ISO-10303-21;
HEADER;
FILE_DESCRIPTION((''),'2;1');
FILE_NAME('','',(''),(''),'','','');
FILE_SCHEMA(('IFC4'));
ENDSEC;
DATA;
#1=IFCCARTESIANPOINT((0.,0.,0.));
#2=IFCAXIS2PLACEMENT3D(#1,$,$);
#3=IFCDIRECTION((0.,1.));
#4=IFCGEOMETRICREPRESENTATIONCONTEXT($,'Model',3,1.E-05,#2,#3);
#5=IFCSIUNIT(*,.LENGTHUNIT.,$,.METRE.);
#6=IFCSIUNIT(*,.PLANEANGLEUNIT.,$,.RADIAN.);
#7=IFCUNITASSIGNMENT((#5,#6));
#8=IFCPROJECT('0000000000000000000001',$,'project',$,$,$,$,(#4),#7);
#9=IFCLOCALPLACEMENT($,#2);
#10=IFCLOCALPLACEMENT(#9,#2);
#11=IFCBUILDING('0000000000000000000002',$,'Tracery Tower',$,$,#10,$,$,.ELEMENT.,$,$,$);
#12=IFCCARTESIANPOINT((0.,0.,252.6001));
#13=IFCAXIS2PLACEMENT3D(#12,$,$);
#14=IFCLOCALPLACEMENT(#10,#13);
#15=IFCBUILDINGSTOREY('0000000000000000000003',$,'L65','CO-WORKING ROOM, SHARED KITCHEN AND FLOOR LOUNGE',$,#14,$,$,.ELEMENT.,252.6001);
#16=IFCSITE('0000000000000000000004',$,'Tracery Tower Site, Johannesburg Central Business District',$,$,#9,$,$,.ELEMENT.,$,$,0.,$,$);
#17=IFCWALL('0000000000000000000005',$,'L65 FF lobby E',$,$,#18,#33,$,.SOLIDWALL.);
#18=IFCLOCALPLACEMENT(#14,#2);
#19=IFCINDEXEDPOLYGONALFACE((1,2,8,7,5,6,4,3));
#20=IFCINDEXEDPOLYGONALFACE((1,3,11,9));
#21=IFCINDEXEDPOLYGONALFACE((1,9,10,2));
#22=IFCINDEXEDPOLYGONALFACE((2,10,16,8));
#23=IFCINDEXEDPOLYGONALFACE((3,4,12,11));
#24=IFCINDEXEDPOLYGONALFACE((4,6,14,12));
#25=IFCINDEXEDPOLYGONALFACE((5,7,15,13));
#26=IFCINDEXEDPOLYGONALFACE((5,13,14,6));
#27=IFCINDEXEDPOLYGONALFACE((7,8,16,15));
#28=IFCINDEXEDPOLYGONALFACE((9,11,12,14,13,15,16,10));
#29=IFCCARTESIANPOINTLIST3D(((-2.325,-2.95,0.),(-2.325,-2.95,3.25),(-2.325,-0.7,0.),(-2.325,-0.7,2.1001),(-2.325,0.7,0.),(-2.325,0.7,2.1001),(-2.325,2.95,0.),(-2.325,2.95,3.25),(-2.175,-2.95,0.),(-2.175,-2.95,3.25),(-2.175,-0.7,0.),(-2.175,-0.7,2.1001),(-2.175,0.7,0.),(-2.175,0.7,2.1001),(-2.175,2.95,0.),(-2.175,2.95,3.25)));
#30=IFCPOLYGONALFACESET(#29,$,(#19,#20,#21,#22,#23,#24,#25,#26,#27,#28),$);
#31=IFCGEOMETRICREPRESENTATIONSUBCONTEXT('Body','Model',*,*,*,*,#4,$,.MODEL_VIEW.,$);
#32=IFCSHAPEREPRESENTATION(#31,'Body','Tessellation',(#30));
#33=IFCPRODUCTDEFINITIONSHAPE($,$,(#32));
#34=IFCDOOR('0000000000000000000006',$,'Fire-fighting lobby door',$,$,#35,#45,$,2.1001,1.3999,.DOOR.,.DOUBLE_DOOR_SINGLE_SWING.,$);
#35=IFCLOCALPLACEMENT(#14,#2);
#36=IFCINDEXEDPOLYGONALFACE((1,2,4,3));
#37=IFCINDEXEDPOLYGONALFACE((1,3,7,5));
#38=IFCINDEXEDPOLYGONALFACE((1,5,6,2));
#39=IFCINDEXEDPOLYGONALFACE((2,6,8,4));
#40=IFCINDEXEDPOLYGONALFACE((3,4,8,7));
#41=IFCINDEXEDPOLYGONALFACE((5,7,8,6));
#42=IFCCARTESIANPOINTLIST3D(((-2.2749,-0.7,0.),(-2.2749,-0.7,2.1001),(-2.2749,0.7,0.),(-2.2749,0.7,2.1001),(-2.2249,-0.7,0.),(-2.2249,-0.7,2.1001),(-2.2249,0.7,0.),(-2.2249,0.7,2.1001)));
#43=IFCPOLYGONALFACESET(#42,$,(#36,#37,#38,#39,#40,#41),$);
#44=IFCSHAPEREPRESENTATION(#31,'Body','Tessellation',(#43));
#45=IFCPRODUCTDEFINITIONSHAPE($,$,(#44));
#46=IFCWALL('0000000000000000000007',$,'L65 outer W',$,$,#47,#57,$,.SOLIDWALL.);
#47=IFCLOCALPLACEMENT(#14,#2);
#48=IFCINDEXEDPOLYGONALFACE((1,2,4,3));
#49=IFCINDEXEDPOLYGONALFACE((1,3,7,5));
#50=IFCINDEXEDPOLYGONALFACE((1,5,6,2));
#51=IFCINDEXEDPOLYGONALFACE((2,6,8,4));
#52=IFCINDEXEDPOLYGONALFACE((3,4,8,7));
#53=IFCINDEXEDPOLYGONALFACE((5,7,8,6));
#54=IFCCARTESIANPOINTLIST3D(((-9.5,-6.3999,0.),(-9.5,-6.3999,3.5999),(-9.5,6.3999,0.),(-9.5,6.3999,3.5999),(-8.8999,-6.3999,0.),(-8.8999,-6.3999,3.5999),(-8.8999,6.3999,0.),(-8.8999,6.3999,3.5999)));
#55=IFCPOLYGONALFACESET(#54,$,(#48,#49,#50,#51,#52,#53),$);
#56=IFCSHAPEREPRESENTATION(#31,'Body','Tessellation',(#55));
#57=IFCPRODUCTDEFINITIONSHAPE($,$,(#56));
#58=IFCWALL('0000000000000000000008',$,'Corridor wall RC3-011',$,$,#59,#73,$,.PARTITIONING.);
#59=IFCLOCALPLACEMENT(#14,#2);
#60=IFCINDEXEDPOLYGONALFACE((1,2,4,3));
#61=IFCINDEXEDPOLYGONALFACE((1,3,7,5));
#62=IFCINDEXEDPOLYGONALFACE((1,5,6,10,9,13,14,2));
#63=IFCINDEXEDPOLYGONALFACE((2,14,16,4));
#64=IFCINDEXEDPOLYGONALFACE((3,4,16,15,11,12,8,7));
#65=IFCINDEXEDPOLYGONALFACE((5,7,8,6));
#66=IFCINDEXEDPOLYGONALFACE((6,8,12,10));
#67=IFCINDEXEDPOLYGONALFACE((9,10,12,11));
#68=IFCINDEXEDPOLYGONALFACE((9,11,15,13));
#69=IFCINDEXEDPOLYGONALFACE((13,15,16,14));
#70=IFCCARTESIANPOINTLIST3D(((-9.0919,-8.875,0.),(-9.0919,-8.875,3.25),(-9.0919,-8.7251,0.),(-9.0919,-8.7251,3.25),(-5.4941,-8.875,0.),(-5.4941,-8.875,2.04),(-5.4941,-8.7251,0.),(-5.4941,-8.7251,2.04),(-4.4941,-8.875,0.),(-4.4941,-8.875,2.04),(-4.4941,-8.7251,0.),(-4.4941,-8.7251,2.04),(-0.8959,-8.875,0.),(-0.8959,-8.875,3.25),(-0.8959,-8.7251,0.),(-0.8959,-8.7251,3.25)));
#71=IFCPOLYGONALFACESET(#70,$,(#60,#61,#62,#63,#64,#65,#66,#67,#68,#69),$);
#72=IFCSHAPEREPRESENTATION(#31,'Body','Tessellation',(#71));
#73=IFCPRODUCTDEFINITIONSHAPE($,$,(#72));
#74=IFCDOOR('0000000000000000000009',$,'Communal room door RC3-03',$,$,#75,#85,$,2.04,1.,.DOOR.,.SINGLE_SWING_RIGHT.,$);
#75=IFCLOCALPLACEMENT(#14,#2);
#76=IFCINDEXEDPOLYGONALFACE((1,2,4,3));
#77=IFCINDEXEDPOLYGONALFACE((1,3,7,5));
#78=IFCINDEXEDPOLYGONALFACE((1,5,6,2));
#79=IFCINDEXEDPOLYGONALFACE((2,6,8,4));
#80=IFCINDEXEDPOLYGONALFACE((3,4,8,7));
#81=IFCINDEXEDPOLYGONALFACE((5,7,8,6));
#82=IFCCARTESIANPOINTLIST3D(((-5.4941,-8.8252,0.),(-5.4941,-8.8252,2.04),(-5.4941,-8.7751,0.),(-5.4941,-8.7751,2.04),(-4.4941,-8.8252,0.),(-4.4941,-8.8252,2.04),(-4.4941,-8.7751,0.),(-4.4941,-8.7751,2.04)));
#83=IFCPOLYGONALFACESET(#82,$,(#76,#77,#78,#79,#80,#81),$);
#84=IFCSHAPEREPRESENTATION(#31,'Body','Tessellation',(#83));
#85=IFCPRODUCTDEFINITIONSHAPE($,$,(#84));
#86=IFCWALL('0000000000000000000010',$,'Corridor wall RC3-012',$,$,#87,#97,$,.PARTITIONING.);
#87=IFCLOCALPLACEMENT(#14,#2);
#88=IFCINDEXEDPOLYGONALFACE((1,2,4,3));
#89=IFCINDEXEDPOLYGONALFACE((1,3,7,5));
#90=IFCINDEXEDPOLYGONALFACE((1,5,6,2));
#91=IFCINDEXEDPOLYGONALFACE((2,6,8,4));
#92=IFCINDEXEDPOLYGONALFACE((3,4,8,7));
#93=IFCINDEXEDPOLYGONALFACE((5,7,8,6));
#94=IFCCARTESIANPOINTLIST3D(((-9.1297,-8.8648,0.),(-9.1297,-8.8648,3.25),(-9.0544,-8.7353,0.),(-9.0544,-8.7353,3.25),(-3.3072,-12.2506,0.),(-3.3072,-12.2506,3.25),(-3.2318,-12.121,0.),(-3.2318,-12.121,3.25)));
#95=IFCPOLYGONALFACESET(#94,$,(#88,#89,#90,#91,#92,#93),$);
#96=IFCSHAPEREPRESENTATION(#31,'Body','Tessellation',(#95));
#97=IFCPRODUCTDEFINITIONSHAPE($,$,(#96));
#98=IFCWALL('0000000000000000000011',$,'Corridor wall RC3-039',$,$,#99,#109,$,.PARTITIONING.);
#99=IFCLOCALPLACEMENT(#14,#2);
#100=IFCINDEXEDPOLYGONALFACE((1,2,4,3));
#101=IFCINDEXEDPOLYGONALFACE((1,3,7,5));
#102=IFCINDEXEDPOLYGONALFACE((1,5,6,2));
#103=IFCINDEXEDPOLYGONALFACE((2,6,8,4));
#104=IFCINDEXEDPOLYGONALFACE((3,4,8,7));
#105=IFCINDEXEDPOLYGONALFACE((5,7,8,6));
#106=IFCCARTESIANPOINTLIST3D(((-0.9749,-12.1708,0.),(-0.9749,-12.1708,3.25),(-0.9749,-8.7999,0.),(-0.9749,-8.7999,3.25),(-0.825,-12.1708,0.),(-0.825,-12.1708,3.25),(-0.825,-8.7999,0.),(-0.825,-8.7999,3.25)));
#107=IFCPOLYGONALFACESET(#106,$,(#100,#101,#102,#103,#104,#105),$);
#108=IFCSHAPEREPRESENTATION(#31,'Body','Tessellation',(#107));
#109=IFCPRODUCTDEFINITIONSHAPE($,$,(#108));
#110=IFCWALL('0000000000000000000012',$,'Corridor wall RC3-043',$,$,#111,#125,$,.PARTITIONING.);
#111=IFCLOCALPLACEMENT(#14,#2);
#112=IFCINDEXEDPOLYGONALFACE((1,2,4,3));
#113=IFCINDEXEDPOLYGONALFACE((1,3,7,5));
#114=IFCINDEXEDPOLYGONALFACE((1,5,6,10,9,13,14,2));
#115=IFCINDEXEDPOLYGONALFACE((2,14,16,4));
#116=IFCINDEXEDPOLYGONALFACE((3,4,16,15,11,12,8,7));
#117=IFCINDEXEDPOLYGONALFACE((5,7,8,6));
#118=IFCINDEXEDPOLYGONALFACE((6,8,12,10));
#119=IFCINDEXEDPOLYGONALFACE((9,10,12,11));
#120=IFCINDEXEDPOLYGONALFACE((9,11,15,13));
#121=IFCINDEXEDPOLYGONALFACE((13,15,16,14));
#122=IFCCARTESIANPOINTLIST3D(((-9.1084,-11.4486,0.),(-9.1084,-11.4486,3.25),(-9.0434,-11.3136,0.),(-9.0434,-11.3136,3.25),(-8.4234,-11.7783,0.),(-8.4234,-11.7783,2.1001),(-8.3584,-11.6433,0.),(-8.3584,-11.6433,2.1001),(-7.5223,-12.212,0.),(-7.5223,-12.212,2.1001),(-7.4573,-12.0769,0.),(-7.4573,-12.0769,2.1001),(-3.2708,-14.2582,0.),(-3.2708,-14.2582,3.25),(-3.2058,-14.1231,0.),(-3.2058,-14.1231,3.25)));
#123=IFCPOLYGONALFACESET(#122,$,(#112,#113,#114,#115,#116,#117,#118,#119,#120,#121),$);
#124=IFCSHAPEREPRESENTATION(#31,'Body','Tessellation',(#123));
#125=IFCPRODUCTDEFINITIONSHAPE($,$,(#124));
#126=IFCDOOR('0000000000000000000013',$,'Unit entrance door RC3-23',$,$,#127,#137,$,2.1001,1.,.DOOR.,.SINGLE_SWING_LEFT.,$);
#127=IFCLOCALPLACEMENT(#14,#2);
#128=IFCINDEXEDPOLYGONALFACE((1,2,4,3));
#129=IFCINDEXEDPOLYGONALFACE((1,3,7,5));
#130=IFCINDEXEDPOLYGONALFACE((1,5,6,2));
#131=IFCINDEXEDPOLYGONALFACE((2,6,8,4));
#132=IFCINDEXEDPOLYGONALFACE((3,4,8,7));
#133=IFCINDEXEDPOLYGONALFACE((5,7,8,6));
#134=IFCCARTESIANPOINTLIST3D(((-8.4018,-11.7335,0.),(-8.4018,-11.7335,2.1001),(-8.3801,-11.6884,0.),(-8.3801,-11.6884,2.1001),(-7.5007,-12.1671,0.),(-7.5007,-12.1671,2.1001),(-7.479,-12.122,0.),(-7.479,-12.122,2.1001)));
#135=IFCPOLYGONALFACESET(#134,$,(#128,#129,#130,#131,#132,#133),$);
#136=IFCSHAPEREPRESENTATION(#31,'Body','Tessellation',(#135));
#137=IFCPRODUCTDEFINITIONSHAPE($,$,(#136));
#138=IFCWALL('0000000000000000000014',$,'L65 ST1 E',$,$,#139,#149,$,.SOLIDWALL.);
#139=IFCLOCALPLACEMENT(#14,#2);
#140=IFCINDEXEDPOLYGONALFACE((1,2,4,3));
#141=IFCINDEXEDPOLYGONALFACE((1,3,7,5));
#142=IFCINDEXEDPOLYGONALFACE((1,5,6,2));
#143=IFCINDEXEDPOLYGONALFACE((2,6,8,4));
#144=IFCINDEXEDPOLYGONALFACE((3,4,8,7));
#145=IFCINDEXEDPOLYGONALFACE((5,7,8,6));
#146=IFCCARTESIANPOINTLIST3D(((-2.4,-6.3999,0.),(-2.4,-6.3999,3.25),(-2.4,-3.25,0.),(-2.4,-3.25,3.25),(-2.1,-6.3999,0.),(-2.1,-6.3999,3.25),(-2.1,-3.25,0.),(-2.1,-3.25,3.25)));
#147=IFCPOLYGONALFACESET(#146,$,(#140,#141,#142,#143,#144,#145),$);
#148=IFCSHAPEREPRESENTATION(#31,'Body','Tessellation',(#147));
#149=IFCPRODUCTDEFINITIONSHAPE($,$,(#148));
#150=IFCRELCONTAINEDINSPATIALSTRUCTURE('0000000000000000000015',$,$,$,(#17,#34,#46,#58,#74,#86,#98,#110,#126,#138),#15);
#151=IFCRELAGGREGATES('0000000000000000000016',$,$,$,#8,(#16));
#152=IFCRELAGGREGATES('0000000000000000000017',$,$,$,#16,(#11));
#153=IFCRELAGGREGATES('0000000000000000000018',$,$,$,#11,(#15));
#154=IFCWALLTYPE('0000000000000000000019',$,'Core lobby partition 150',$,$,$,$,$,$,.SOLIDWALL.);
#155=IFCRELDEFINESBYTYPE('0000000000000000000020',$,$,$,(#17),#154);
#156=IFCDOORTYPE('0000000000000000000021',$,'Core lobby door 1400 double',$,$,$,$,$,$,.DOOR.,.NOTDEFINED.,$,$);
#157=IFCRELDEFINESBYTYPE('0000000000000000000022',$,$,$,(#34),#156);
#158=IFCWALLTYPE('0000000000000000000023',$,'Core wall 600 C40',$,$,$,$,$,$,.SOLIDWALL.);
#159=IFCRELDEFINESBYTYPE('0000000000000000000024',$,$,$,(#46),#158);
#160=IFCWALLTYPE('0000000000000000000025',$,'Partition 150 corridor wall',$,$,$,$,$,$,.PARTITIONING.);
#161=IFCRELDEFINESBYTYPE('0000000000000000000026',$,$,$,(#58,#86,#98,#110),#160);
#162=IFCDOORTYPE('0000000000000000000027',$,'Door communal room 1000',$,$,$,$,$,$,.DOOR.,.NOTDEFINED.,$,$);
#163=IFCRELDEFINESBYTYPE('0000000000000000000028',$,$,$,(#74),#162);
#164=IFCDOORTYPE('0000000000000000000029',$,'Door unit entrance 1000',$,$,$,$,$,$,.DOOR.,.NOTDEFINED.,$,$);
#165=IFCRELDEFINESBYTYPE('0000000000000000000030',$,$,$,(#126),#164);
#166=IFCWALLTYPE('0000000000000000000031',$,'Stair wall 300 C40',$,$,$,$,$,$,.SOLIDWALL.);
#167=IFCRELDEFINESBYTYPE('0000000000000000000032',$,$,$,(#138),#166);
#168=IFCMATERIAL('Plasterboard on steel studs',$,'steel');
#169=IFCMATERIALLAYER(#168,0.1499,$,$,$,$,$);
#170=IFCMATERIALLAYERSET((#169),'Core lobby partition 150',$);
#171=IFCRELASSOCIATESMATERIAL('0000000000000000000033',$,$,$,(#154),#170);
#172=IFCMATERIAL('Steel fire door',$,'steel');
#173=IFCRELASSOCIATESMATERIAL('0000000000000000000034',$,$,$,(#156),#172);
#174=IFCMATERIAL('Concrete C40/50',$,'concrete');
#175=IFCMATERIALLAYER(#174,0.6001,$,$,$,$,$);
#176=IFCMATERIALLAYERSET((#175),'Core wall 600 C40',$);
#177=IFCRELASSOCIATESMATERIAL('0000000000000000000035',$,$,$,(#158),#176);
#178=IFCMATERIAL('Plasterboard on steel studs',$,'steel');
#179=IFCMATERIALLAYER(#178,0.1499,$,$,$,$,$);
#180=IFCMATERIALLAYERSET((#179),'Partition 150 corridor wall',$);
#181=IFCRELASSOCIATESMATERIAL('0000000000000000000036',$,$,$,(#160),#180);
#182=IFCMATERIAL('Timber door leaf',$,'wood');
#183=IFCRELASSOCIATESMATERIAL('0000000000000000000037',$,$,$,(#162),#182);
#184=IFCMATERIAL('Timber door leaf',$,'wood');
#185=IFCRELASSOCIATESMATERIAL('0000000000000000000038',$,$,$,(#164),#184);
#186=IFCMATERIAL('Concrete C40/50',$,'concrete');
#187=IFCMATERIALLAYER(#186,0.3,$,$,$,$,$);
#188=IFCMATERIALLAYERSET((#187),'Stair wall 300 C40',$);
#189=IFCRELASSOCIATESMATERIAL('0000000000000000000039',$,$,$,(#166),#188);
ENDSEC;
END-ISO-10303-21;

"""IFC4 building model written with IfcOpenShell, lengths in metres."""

from ifc_helpers import new_model, si_unit, direction, frame, frame_2d, origin, place, context, subcontext, project, spatial, rectangle, extrude, material, layer, layer_set, type_object, element, fill, save


model = new_model("IFC4")

# Units and contexts
model_context = context("Model", 3, precision=1e-05, world=origin(), true_north=direction((0.0, 1.0)))
body_context = subcontext(model_context, "Body", "Model", "MODEL_VIEW")
ifc_project = project(units=[si_unit("LENGTHUNIT", "METRE"), si_unit("PLANEANGLEUNIT", "RADIAN")], contexts=[model_context])

# Site, building, storey
site_placement = place(None, origin())
site = spatial("IfcSite", under=ifc_project, at=site_placement, Name="Tracery Tower Site, Johannesburg Central Business District", CompositionType="ELEMENT", RefElevation=0.0)
building_placement = place(site_placement, origin())
building = spatial("IfcBuilding", under=site, at=building_placement, Name="Tracery Tower", CompositionType="ELEMENT")
storey_placement = place(building_placement, frame((0.0, 0.0, 252.6001)))
storey = spatial("IfcBuildingStorey", under=building, at=storey_placement, Name="L65", Description="CO-WORKING ROOM, SHARED KITCHEN AND FLOOR LOUNGE", CompositionType="ELEMENT", Elevation=252.6001)

# Wall, opening, door
ifc_material_1 = material(Name="Plasterboard on steel studs", Category="steel")
ifc_layer_1 = layer(ifc_material_1, 0.1499)
ifc_layer_set_1 = layer_set([ifc_layer_1], Name="Core lobby partition 150")
wall_type_1 = type_object("IfcWallType", Name="Core lobby partition 150", PredefinedType="SOLIDWALL", material=ifc_layer_set_1)
wall_1_placement = place(storey_placement, frame((-2.25, -2.95, 0.0), z_axis=(0.0, 0.0, 1.0), x_axis=(0.0, 1.0, 0.0)))
wall_1 = element("IfcWall", 1, at=wall_1_placement, inside=storey, type_object=wall_type_1, Name="L65 FF lobby E", PredefinedType="SOLIDWALL", context=body_context, shape_type="SweptSolid", body=[
    extrude(rectangle(XDim=5.8999, YDim=0.1499, at=frame_2d((2.95, 0.0))), origin(), (0.0, 0.0, 1.0), 3.25),
])
opening_1_placement = place(wall_1_placement, frame((2.25, 0.0, 0.0)))
opening_1 = element("IfcOpeningElement", 2, at=opening_1_placement, cuts=wall_1, PredefinedType="OPENING", context=body_context, shape_type="SweptSolid", body=[
    extrude(rectangle(XDim=1.3999, YDim=2.1001, at=frame_2d((0.7, 1.05))), frame((0.0, 0.075, 0.0), z_axis=(0.0, -1.0, 0.0), x_axis=(1.0, 0.0, 0.0)), (0.0, 0.0, 1.0), 0.1499),
])
ifc_material_2 = material(Name="Steel fire door", Category="steel")
door_type_1 = type_object("IfcDoorType", Name="Core lobby door 1400 double", OperationType="NOTDEFINED", PredefinedType="DOOR", material=ifc_material_2)
door_1_placement = place(opening_1_placement, origin())
door_1 = element("IfcDoor", 3, at=door_1_placement, inside=storey, type_object=door_type_1, Name="Fire-fighting lobby door", OperationType="DOUBLE_DOOR_SINGLE_SWING", OverallHeight=2.1001, OverallWidth=1.3999, PredefinedType="DOOR", context=body_context, shape_type="SweptSolid", body=[
    extrude(rectangle(XDim=1.3999, YDim=2.1001, at=frame_2d((0.7, 1.05))), frame((0.0, 0.0249, 0.0), z_axis=(0.0, -1.0, 0.0), x_axis=(1.0, 0.0, 0.0)), (0.0, 0.0, 1.0), 0.05),
])
fill(opening_1, door_1)

# Wall
ifc_material_3 = material(Name="Concrete C40/50", Category="concrete")
ifc_layer_2 = layer(ifc_material_3, 0.6001)
ifc_layer_set_2 = layer_set([ifc_layer_2], Name="Core wall 600 C40")
wall_type_2 = type_object("IfcWallType", Name="Core wall 600 C40", PredefinedType="SOLIDWALL", material=ifc_layer_set_2)
wall_2_placement = place(storey_placement, frame((-9.2, -6.3999, 0.0), z_axis=(0.0, 0.0, 1.0), x_axis=(0.0, 1.0, 0.0)))
element("IfcWall", 4, at=wall_2_placement, inside=storey, type_object=wall_type_2, Name="L65 outer W", PredefinedType="SOLIDWALL", context=body_context, shape_type="SweptSolid", body=[
    extrude(rectangle(XDim=12.7998, YDim=0.6001, at=frame_2d((6.3999, 0.0))), origin(), (0.0, 0.0, 1.0), 3.5999),
])

# Wall, opening, door
ifc_material_4 = material(Name="Plasterboard on steel studs", Category="steel")
ifc_layer_3 = layer(ifc_material_4, 0.1499)
ifc_layer_set_3 = layer_set([ifc_layer_3], Name="Partition 150 corridor wall")
wall_type_3 = type_object("IfcWallType", Name="Partition 150 corridor wall", PredefinedType="PARTITIONING", material=ifc_layer_set_3)
wall_3_placement = place(storey_placement, frame((-9.092, -8.8, 0.0), z_axis=(0.0, 0.0, 1.0), x_axis=(1.0, 0.0, 0.0)))
wall_3 = element("IfcWall", 5, at=wall_3_placement, inside=storey, type_object=wall_type_3, Name="Corridor wall RC3-011", PredefinedType="PARTITIONING", context=body_context, shape_type="SweptSolid", body=[
    extrude(rectangle(XDim=8.196, YDim=0.1499, at=frame_2d((4.0981, 0.0))), origin(), (0.0, 0.0, 1.0), 3.25),
])
opening_2_placement = place(wall_3_placement, frame((3.5979, 0.0, 0.0)))
opening_2 = element("IfcOpeningElement", 6, at=opening_2_placement, cuts=wall_3, PredefinedType="OPENING", context=body_context, shape_type="SweptSolid", body=[
    extrude(rectangle(XDim=1.0, YDim=2.04, at=frame_2d((0.5, 1.02))), frame((0.0, 0.075, 0.0), z_axis=(0.0, -1.0, 0.0), x_axis=(1.0, 0.0, 0.0)), (0.0, 0.0, 1.0), 0.1499),
])
ifc_material_5 = material(Name="Timber door leaf", Category="wood")
door_type_2 = type_object("IfcDoorType", Name="Door communal room 1000", OperationType="NOTDEFINED", PredefinedType="DOOR", material=ifc_material_5)
door_2_placement = place(opening_2_placement, origin())
door_2 = element("IfcDoor", 7, at=door_2_placement, inside=storey, type_object=door_type_2, Name="Communal room door RC3-03", OperationType="SINGLE_SWING_RIGHT", OverallHeight=2.04, OverallWidth=1.0, PredefinedType="DOOR", context=body_context, shape_type="SweptSolid", body=[
    extrude(rectangle(XDim=1.0, YDim=2.04, at=frame_2d((0.5, 1.02))), frame((0.0, 0.0249, 0.0), z_axis=(0.0, -1.0, 0.0), x_axis=(1.0, 0.0, 0.0)), (0.0, 0.0, 1.0), 0.05),
])
fill(opening_2, door_2)

# Walls
wall_4_placement = place(storey_placement, frame((-9.092, -8.8, 0.0), z_axis=(0.0, 0.0, 1.0), x_axis=(0.864471, -0.502683, 0.0)))
element("IfcWall", 8, at=wall_4_placement, inside=storey, type_object=wall_type_3, Name="Corridor wall RC3-012", PredefinedType="PARTITIONING", context=body_context, shape_type="SweptSolid", body=[
    extrude(rectangle(XDim=6.7354, YDim=0.1499, at=frame_2d((3.3677, 0.0))), origin(), (0.0, 0.0, 1.0), 3.25),
])
wall_5_placement = place(storey_placement, frame((-0.8999, -12.1709, 0.0), z_axis=(0.0, 0.0, 1.0), x_axis=(0.0, 1.0, 0.0)))
element("IfcWall", 9, at=wall_5_placement, inside=storey, type_object=wall_type_3, Name="Corridor wall RC3-039", PredefinedType="PARTITIONING", context=body_context, shape_type="SweptSolid", body=[
    extrude(rectangle(XDim=3.3708, YDim=0.1499, at=frame_2d((1.6855, 0.0))), origin(), (0.0, 0.0, 1.0), 3.25),
])

# Wall, opening, door
wall_6_placement = place(storey_placement, frame((-9.0759, -11.3811, 0.0), z_axis=(0.0, 0.0, 1.0), x_axis=(0.901071, -0.433672, 0.0)))
wall_6 = element("IfcWall", 10, at=wall_6_placement, inside=storey, type_object=wall_type_3, Name="Corridor wall RC3-043", PredefinedType="PARTITIONING", context=body_context, shape_type="SweptSolid", body=[
    extrude(rectangle(XDim=6.4785, YDim=0.1499, at=frame_2d((3.2393, 0.0))), origin(), (0.0, 0.0, 1.0), 3.25),
])
opening_3_placement = place(wall_6_placement, frame((0.7603, 0.0, 0.0)))
opening_3 = element("IfcOpeningElement", 11, at=opening_3_placement, cuts=wall_6, PredefinedType="OPENING", context=body_context, shape_type="SweptSolid", body=[
    extrude(rectangle(XDim=1.0, YDim=2.1001, at=frame_2d((0.5, 1.05))), frame((0.0, 0.075, 0.0), z_axis=(0.0, -1.0, 0.0), x_axis=(1.0, 0.0, 0.0)), (0.0, 0.0, 1.0), 0.1499),
])
ifc_material_6 = material(Name="Timber door leaf", Category="wood")
door_type_3 = type_object("IfcDoorType", Name="Door unit entrance 1000", OperationType="NOTDEFINED", PredefinedType="DOOR", material=ifc_material_6)
door_3_placement = place(opening_3_placement, origin())
door_3 = element("IfcDoor", 12, at=door_3_placement, inside=storey, type_object=door_type_3, Name="Unit entrance door RC3-23", OperationType="SINGLE_SWING_LEFT", OverallHeight=2.1001, OverallWidth=1.0, PredefinedType="DOOR", context=body_context, shape_type="SweptSolid", body=[
    extrude(rectangle(XDim=1.0, YDim=2.1001, at=frame_2d((0.5, 1.05))), frame((0.0, 0.0249, 0.0), z_axis=(0.0, -1.0, 0.0), x_axis=(1.0, 0.0, 0.0)), (0.0, 0.0, 1.0), 0.05),
])
fill(opening_3, door_3)

# Shared definitions
ifc_material_7 = material(Name="Concrete C40/50", Category="concrete")
ifc_layer_4 = layer(ifc_material_7, 0.3)
ifc_layer_set_4 = layer_set([ifc_layer_4], Name="Stair wall 300 C40")
wall_type_4 = type_object("IfcWallType", Name="Stair wall 300 C40", PredefinedType="SOLIDWALL", material=ifc_layer_set_4)

# Wall
wall_7_placement = place(storey_placement, frame((-2.25, -6.3999, 0.0), z_axis=(0.0, 0.0, 1.0), x_axis=(0.0, 1.0, 0.0)))
element("IfcWall", 13, at=wall_7_placement, inside=storey, type_object=wall_type_4, Name="L65 ST1 E", PredefinedType="SOLIDWALL", context=body_context, shape_type="SweptSolid", body=[
    extrude(rectangle(XDim=3.1499, YDim=0.3, at=frame_2d((1.575, 0.0))), origin(), (0.0, 0.0, 1.0), 3.25),
])

save(model, "model.ifc")
